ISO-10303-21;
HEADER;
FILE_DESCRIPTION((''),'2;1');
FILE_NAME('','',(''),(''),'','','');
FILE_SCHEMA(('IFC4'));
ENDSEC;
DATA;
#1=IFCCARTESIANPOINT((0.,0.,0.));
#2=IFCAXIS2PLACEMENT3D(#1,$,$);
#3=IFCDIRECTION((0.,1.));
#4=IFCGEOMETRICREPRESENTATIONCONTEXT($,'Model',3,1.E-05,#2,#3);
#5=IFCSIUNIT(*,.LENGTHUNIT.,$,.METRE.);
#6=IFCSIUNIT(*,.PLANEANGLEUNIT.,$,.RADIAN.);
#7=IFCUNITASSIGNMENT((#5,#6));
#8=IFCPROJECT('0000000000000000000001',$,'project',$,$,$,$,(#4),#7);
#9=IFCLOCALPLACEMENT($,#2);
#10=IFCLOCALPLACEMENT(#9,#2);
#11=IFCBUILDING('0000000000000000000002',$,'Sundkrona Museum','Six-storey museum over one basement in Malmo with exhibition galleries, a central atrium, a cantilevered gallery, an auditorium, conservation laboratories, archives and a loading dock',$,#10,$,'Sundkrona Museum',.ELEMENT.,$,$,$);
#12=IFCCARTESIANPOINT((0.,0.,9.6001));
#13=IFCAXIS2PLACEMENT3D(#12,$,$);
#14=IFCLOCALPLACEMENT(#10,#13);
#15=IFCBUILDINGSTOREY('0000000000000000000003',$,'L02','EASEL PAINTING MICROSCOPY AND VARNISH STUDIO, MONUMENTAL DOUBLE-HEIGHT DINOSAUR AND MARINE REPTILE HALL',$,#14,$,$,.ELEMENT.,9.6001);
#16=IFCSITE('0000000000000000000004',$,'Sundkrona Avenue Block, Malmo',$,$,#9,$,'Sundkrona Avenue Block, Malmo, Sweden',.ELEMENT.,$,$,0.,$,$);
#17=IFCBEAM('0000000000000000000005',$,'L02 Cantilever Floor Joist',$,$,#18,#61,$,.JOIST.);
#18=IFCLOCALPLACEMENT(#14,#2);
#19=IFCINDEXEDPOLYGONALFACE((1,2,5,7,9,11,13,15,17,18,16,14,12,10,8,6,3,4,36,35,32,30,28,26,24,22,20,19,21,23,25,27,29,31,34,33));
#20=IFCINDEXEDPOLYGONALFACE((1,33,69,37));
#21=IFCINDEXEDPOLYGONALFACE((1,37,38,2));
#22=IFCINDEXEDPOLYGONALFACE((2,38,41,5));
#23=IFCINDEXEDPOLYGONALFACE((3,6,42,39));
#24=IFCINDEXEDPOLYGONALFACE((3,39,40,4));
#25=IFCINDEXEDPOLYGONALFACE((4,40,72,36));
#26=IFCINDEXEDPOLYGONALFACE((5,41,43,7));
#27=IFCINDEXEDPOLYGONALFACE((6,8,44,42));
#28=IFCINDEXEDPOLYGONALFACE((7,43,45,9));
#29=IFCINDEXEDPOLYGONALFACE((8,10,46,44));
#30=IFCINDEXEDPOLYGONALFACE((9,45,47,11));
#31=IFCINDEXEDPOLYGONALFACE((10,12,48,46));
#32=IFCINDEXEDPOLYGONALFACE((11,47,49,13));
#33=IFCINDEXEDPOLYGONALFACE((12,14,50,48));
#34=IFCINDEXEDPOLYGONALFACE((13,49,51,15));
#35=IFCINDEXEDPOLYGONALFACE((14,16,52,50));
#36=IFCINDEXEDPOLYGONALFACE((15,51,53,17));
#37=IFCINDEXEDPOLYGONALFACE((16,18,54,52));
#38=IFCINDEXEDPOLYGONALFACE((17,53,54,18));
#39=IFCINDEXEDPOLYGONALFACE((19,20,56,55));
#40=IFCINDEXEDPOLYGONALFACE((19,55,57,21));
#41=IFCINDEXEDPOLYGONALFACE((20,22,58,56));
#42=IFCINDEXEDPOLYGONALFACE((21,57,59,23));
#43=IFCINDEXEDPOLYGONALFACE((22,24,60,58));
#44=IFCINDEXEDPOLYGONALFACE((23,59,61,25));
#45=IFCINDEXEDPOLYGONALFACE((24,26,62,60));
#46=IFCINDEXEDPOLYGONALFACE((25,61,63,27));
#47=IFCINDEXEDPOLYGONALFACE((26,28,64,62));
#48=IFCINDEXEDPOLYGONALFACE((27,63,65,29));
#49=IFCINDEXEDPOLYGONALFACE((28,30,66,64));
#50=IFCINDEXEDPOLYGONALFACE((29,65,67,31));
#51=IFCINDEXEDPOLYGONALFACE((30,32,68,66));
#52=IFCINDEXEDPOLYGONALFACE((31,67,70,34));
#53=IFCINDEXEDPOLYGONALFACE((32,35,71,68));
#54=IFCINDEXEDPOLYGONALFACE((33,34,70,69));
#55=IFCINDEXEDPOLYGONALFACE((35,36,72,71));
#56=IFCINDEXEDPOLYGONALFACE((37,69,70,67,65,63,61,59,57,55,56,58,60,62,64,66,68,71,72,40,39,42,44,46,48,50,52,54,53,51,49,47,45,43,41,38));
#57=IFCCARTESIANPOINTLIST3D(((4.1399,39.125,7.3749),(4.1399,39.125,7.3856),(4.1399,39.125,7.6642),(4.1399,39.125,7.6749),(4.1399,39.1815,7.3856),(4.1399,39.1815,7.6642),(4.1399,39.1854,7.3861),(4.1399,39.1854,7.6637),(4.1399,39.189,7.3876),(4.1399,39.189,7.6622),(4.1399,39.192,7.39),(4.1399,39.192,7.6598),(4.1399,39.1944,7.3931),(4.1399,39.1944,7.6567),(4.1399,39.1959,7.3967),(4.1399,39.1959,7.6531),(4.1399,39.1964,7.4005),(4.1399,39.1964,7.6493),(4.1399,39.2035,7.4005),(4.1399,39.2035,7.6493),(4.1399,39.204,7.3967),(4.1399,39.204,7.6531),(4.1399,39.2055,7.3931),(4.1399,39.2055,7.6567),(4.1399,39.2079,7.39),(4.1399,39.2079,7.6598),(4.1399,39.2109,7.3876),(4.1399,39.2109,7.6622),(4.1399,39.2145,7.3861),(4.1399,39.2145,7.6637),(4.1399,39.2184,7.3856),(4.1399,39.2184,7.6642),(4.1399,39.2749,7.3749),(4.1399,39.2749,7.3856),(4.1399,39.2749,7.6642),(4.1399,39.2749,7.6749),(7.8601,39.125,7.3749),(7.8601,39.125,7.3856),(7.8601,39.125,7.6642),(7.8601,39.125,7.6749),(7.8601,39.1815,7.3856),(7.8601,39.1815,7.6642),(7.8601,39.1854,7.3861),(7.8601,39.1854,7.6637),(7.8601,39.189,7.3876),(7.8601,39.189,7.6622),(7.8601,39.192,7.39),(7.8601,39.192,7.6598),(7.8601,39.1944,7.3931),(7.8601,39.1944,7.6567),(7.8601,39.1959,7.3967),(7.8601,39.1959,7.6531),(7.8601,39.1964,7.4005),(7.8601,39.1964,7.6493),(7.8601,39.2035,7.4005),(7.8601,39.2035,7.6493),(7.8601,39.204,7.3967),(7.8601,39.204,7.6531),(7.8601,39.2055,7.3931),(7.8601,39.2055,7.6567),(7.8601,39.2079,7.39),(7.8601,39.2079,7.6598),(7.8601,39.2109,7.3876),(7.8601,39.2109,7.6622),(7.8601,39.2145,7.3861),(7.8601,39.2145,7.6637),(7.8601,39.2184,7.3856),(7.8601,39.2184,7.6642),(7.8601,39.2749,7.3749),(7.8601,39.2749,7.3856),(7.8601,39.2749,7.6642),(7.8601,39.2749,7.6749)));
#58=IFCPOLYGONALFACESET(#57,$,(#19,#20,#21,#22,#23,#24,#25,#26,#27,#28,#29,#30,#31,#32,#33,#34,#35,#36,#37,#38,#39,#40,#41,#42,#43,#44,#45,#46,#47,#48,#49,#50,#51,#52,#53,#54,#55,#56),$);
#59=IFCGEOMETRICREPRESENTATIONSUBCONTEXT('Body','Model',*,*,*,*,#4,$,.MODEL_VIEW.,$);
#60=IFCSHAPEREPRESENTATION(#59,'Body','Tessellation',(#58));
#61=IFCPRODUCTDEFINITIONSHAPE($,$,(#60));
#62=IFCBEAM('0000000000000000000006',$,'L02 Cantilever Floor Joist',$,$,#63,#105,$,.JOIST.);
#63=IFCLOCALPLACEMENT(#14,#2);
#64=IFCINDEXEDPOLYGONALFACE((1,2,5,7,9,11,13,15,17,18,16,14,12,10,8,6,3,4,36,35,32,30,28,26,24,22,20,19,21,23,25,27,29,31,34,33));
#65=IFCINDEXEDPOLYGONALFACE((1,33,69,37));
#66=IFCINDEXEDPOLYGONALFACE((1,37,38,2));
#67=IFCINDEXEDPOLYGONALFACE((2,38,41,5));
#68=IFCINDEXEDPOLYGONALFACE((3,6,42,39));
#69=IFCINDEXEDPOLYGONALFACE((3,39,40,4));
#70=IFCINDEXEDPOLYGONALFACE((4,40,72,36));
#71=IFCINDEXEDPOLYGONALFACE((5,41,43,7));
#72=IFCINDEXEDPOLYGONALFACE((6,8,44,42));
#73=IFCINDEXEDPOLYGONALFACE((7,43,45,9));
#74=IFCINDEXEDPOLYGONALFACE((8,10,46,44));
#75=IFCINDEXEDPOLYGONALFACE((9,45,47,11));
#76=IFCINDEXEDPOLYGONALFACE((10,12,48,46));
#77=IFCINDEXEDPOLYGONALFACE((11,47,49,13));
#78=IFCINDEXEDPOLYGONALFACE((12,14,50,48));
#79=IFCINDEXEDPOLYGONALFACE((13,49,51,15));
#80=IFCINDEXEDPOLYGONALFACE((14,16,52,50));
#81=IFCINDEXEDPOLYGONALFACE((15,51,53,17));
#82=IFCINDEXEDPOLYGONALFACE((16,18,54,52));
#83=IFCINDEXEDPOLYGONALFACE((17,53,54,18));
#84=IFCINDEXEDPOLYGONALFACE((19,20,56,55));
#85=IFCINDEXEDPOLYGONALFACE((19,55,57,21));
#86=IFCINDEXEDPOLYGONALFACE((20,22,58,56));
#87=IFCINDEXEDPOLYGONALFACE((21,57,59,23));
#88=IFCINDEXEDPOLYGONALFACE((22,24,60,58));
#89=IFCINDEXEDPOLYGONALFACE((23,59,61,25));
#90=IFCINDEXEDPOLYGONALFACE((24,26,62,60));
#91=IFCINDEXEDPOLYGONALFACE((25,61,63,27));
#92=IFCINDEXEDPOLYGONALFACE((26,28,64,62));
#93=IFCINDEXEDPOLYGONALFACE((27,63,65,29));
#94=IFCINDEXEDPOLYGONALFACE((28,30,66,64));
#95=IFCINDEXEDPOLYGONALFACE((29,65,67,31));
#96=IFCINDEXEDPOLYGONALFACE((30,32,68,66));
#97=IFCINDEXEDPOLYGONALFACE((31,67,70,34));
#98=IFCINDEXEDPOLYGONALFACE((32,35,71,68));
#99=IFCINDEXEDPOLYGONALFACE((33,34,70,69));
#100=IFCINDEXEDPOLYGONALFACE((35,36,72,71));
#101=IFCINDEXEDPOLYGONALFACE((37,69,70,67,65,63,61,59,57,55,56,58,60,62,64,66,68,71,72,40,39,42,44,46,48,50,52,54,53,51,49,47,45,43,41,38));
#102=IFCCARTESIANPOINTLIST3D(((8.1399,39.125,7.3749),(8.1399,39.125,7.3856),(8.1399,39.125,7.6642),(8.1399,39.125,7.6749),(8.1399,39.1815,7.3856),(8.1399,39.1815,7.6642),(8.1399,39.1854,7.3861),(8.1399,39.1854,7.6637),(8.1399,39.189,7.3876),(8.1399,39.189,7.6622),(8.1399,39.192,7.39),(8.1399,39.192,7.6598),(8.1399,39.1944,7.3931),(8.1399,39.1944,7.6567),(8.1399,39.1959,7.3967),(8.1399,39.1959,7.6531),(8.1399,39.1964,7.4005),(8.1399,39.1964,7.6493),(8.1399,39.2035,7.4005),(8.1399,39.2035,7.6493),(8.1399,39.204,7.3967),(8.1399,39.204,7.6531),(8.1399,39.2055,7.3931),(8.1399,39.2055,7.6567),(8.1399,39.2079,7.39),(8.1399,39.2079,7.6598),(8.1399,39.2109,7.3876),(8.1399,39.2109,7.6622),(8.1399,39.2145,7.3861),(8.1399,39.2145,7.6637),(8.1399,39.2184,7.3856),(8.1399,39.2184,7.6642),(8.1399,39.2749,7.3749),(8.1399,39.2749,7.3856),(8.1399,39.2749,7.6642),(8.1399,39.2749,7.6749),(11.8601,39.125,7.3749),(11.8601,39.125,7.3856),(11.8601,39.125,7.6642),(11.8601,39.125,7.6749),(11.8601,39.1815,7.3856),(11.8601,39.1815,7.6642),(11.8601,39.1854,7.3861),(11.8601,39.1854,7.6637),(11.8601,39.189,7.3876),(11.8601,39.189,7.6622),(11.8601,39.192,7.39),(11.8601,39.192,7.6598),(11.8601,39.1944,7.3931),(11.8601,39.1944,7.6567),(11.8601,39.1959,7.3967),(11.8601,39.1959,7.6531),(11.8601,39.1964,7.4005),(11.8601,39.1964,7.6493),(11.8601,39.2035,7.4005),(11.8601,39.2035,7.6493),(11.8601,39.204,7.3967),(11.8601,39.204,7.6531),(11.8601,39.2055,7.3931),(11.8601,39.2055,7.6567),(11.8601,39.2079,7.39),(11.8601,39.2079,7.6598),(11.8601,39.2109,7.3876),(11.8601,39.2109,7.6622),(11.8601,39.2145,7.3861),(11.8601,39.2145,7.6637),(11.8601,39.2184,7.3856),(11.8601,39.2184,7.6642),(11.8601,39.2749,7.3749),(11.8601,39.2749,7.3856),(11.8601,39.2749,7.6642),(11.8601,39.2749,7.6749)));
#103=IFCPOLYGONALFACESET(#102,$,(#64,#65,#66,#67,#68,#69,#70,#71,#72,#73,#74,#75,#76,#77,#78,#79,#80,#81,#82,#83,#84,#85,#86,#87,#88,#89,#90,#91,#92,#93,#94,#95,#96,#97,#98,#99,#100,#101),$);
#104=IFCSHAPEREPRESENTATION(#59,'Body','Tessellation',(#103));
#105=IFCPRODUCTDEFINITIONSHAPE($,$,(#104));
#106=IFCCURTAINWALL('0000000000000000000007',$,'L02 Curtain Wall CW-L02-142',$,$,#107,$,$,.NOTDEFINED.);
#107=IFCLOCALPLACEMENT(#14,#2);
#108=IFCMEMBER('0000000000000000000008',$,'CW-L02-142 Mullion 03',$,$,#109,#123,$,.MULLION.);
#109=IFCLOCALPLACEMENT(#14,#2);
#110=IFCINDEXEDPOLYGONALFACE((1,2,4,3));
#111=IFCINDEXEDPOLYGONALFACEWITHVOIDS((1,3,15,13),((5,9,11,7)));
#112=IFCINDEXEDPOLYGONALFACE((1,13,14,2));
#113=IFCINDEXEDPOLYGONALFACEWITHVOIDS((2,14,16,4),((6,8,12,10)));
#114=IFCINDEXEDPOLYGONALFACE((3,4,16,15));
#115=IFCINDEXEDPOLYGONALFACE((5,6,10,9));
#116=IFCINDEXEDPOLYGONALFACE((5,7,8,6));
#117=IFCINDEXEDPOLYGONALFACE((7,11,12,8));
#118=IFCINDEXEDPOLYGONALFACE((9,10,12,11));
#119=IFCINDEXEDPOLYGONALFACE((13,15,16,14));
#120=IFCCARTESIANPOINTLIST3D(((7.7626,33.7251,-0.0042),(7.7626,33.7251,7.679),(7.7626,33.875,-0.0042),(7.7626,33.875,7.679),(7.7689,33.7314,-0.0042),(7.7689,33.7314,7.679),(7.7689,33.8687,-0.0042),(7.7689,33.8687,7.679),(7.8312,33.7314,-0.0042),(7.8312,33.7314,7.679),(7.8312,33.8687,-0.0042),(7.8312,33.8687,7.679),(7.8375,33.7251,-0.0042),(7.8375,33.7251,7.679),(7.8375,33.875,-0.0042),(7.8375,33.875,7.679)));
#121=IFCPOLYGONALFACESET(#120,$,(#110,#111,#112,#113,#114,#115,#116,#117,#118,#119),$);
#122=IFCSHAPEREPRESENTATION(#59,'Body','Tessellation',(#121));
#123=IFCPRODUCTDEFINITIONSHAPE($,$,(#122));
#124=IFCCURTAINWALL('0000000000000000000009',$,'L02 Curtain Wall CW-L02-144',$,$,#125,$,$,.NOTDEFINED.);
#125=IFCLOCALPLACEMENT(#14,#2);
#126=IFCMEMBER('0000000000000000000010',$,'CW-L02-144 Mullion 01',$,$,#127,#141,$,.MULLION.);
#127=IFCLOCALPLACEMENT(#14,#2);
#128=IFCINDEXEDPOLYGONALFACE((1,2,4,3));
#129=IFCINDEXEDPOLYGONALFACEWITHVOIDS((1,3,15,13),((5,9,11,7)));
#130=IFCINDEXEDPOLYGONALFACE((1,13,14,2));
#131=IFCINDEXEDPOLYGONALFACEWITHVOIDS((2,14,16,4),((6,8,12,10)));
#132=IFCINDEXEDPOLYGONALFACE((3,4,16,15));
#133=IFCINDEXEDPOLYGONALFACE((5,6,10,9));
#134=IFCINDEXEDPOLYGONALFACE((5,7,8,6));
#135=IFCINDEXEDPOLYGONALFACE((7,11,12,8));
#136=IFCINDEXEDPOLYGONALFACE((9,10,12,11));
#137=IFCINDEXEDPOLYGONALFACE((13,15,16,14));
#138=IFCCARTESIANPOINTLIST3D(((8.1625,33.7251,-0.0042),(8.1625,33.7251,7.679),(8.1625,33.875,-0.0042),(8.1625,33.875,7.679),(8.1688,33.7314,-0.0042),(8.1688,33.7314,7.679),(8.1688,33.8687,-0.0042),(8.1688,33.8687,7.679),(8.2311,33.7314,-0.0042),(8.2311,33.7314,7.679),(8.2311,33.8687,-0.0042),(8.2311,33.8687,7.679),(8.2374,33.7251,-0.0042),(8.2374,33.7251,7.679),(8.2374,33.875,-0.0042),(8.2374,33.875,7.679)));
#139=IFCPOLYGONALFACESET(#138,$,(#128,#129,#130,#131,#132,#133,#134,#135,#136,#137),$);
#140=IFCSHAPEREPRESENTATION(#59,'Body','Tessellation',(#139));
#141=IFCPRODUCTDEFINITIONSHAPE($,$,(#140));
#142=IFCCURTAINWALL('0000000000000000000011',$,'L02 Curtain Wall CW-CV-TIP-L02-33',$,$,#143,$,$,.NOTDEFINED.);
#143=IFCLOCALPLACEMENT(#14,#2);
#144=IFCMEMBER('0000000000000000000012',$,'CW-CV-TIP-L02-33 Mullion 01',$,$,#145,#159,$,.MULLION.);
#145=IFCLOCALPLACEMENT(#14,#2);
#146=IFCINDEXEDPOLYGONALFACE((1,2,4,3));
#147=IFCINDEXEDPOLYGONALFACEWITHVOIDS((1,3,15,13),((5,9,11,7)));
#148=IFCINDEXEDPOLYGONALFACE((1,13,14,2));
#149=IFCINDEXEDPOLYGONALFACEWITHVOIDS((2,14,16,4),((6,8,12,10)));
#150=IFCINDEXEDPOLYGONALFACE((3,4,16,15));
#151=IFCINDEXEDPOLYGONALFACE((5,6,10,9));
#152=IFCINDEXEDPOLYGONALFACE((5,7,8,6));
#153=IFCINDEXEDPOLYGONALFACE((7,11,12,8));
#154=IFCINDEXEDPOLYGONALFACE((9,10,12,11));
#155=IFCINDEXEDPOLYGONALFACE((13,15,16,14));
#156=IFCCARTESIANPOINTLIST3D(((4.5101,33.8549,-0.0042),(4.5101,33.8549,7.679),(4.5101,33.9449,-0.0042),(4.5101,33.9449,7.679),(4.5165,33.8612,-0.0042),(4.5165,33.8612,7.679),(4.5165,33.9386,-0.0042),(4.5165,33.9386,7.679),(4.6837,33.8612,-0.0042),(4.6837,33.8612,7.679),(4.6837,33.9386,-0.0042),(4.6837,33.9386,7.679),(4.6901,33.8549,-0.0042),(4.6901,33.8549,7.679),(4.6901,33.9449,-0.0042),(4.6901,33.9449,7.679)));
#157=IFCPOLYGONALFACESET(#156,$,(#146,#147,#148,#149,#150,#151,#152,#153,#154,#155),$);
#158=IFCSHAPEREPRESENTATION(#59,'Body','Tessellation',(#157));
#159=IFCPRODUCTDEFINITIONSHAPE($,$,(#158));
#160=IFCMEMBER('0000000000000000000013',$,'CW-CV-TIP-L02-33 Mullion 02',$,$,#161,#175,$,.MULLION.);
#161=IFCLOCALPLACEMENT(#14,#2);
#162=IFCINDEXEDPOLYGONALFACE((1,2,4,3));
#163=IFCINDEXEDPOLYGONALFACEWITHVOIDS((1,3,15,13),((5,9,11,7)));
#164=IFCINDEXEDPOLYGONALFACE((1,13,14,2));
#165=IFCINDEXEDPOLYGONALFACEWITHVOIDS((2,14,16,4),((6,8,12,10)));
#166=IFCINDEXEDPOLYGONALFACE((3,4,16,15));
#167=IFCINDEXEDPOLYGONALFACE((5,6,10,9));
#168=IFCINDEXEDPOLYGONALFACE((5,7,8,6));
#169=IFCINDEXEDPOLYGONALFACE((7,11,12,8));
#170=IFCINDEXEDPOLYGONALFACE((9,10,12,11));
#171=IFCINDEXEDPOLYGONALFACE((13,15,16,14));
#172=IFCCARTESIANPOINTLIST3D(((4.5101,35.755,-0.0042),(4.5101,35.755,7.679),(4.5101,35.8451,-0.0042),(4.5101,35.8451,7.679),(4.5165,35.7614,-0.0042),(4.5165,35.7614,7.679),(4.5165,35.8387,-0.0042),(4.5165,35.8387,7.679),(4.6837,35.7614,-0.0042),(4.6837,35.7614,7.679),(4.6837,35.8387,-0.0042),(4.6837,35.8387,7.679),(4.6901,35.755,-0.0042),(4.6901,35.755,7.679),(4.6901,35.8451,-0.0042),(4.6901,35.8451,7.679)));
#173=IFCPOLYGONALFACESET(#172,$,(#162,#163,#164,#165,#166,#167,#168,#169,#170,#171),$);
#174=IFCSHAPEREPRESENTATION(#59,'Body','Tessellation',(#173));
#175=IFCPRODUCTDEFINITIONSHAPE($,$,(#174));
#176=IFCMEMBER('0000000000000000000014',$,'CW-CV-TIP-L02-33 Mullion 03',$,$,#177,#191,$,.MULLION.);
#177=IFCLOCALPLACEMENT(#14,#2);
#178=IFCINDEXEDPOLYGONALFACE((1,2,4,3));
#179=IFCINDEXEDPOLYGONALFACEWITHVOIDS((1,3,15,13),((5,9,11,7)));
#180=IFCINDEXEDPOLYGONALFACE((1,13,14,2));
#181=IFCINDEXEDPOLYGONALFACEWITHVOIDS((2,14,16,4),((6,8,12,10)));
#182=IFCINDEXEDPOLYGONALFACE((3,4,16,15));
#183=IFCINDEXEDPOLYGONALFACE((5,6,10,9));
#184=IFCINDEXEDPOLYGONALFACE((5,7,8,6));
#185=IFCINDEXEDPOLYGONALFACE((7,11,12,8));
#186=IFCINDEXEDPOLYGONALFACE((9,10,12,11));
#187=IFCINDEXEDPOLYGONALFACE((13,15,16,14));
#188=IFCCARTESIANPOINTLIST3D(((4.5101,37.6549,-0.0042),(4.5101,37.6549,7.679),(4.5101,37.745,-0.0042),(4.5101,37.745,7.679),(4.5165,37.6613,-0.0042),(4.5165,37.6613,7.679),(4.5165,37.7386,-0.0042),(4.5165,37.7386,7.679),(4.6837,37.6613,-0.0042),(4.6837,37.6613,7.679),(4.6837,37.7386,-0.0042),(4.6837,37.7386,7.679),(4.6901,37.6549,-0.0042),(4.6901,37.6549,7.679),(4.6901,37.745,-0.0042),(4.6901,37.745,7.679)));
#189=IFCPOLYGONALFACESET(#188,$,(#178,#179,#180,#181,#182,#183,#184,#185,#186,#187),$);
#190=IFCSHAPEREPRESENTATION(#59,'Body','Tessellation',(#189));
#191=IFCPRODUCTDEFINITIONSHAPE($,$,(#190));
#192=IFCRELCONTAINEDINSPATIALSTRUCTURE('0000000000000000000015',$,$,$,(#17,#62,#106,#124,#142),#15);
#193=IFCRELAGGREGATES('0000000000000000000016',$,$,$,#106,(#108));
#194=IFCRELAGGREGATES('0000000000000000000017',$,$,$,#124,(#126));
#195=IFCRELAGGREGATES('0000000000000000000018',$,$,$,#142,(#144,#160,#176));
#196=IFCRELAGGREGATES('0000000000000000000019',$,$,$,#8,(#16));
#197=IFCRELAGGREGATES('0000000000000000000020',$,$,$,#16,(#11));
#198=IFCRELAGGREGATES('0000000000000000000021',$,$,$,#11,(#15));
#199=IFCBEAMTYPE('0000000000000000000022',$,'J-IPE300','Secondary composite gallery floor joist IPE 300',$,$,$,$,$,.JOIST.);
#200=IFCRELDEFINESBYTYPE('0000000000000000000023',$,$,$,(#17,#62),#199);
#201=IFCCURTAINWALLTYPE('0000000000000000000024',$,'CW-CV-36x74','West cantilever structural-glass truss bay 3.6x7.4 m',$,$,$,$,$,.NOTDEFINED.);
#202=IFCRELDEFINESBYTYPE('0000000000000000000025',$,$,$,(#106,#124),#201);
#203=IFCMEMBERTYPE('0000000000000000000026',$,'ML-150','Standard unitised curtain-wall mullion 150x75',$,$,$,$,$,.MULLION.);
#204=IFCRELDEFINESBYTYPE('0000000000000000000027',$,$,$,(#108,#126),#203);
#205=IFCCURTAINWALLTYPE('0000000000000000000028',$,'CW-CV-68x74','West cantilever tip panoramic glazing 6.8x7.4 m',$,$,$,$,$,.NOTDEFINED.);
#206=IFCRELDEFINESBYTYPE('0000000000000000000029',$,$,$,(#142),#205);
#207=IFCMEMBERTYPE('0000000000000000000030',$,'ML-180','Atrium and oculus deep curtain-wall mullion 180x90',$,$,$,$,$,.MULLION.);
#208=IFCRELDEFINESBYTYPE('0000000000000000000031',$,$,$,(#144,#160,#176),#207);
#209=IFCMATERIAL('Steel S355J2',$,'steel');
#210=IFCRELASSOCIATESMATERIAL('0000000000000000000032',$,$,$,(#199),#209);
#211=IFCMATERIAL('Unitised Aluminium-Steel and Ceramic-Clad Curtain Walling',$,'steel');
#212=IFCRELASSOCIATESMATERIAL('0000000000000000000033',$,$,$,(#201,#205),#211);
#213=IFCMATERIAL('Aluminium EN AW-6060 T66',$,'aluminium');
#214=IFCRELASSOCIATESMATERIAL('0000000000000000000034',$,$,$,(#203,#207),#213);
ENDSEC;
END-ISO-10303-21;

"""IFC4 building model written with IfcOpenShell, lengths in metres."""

from ifc_helpers import new_model, si_unit, direction, frame, origin, origin_2d, place, context, subcontext, project, spatial, hollow_rectangle, i_section, extrude, material, material_profile, profile_set, type_object, element, aggregate, save


model = new_model("IFC4")

# Units and contexts
model_context = context("Model", 3, precision=1e-05, world=origin(), true_north=direction((0.0, 1.0)))
body_context = subcontext(model_context, "Body", "Model", "MODEL_VIEW")
ifc_project = project(units=[si_unit("LENGTHUNIT", "METRE"), si_unit("PLANEANGLEUNIT", "RADIAN")], contexts=[model_context])

# Site, building, storey
site_placement = place(None, origin())
site = spatial("IfcSite", under=ifc_project, at=site_placement, Name="Sundkrona Avenue Block, Malmo", LongName="Sundkrona Avenue Block, Malmo, Sweden", CompositionType="ELEMENT", RefElevation=0.0)
building_placement = place(site_placement, origin())
building = spatial("IfcBuilding", under=site, at=building_placement, Name="Sundkrona Museum", Description="Six-storey museum over one basement in Malmo with exhibition galleries, a central atrium, a cantilevered gallery, an auditorium, conservation laboratories, archives and a loading dock", LongName="Sundkrona Museum", CompositionType="ELEMENT")
storey_placement = place(building_placement, frame((0.0, 0.0, 9.6001)))
storey = spatial("IfcBuildingStorey", under=building, at=storey_placement, Name="L02", Description="EASEL PAINTING MICROSCOPY AND VARNISH STUDIO, MONUMENTAL DOUBLE-HEIGHT DINOSAUR AND MARINE REPTILE HALL", CompositionType="ELEMENT", Elevation=9.6001)

# Beams
ifc_material_1 = material(Name="Steel S355J2", Category="steel")
ifc_material_profile_1 = material_profile(ifc_material_1, i_section(OverallWidth=0.1499, OverallDepth=0.3, WebThickness=0.0071, FlangeThickness=0.0107, FilletRadius=0.0149, at=origin_2d()), Name="IPE 300")
ifc_profile_set_1 = profile_set([ifc_material_profile_1], Name="Steel S355J2")
beam_type = type_object("IfcBeamType", Name="J-IPE300", Description="Secondary composite gallery floor joist IPE 300", PredefinedType="JOIST", material=ifc_profile_set_1)
for number, where, z_axis, x_axis, name in (
    (1, (4.1399, 39.2, 7.5249), (1.0, 0.0, 0.0), (0.0, 1.0, 0.0), "L02 Cantilever Floor Joist"),
    (2, (8.1399, 39.2, 7.5249), (1.0, 0.0, 0.0), (0.0, 1.0, 0.0), "L02 Cantilever Floor Joist"),
):
    element("IfcBeam", number, at=place(storey_placement, frame(where, z_axis=z_axis, x_axis=x_axis)), inside=storey, type_object=beam_type, Name=name, PredefinedType="JOIST", context=body_context, shape_type="SweptSolid", body=[
        extrude(i_section(OverallWidth=0.1499, OverallDepth=0.3, WebThickness=0.0071, FlangeThickness=0.0107, FilletRadius=0.0149, at=origin_2d()), origin(), (0.0, 0.0, 1.0), 3.7202),
    ])

# Curtain walls, members
ifc_material_2 = material(Name="Unitised Aluminium-Steel and Ceramic-Clad Curtain Walling", Category="steel")
curtain_wall_type_1 = type_object("IfcCurtainWallType", Name="CW-CV-36x74", Description="West cantilever structural-glass truss bay 3.6x7.4 m", PredefinedType="NOTDEFINED", material=ifc_material_2)
curtain_wall_1_placement = place(storey_placement, origin())
curtain_wall_1 = element("IfcCurtainWall", 3, at=curtain_wall_1_placement, inside=storey, type_object=curtain_wall_type_1, Name="L02 Curtain Wall CW-L02-142", PredefinedType="NOTDEFINED")
ifc_material_3 = material(Name="Aluminium EN AW-6060 T66", Category="aluminium")
ifc_material_profile_2 = material_profile(ifc_material_3, hollow_rectangle(XDim=0.075, YDim=0.1499, WallThickness=0.0063, at=origin_2d()), Name="RHS 150x75x6.3")
ifc_profile_set_2 = profile_set([ifc_material_profile_2], Name="Aluminium EN AW-6060 T66")
member_type_1 = type_object("IfcMemberType", Name="ML-150", Description="Standard unitised curtain-wall mullion 150x75", PredefinedType="MULLION", material=ifc_profile_set_2)
member_1_placement = place(storey_placement, frame((7.8, 33.8, -0.0042), z_axis=(0.0, 0.0, 1.0), x_axis=(1.0, 0.0, 0.0)))
member_1 = element("IfcMember", 4, at=member_1_placement, type_object=member_type_1, Name="CW-L02-142 Mullion 03", PredefinedType="MULLION", context=body_context, shape_type="SweptSolid", body=[
    extrude(hollow_rectangle(XDim=0.075, YDim=0.1499, WallThickness=0.0063, at=origin_2d()), origin(), (0.0, 0.0, 1.0), 7.6831),
])
aggregate(curtain_wall_1, [member_1])
curtain_wall_2_placement = place(storey_placement, origin())
curtain_wall_2 = element("IfcCurtainWall", 5, at=curtain_wall_2_placement, inside=storey, type_object=curtain_wall_type_1, Name="L02 Curtain Wall CW-L02-144", PredefinedType="NOTDEFINED")
member_2_placement = place(storey_placement, frame((8.2, 33.8, -0.0042), z_axis=(0.0, 0.0, 1.0), x_axis=(1.0, 0.0, 0.0)))
member_2 = element("IfcMember", 6, at=member_2_placement, type_object=member_type_1, Name="CW-L02-144 Mullion 01", PredefinedType="MULLION", context=body_context, shape_type="SweptSolid", body=[
    extrude(hollow_rectangle(XDim=0.075, YDim=0.1499, WallThickness=0.0063, at=origin_2d()), origin(), (0.0, 0.0, 1.0), 7.6831),
])
aggregate(curtain_wall_2, [member_2])

# Curtain wall, members
curtain_wall_type_2 = type_object("IfcCurtainWallType", Name="CW-CV-68x74", Description="West cantilever tip panoramic glazing 6.8x7.4 m", PredefinedType="NOTDEFINED", material=ifc_material_2)
curtain_wall_3_placement = place(storey_placement, origin())
curtain_wall_3 = element("IfcCurtainWall", 7, at=curtain_wall_3_placement, inside=storey, type_object=curtain_wall_type_2, Name="L02 Curtain Wall CW-CV-TIP-L02-33", PredefinedType="NOTDEFINED")
ifc_material_profile_3 = material_profile(ifc_material_3, hollow_rectangle(XDim=0.0901, YDim=0.1799, WallThickness=0.0063, at=origin_2d()), Name="RHS 180x90x6.3")
ifc_profile_set_3 = profile_set([ifc_material_profile_3], Name="Aluminium EN AW-6060 T66")
member_type_2 = type_object("IfcMemberType", Name="ML-180", Description="Atrium and oculus deep curtain-wall mullion 180x90", PredefinedType="MULLION", material=ifc_profile_set_3)
member_3_placement = place(storey_placement, frame((4.6001, 33.8999, -0.0042), z_axis=(0.0, 0.0, 1.0), x_axis=(0.0, 1.0, 0.0)))
member_3 = element("IfcMember", 8, at=member_3_placement, type_object=member_type_2, Name="CW-CV-TIP-L02-33 Mullion 01", PredefinedType="MULLION", context=body_context, shape_type="SweptSolid", body=[
    extrude(hollow_rectangle(XDim=0.0901, YDim=0.1799, WallThickness=0.0063, at=origin_2d()), origin(), (0.0, 0.0, 1.0), 7.6831),
])
member_4_placement = place(storey_placement, frame((4.6001, 35.8, -0.0042), z_axis=(0.0, 0.0, 1.0), x_axis=(0.0, 1.0, 0.0)))
member_4 = element("IfcMember", 9, at=member_4_placement, type_object=member_type_2, Name="CW-CV-TIP-L02-33 Mullion 02", PredefinedType="MULLION", context=body_context, shape_type="SweptSolid", body=[
    extrude(hollow_rectangle(XDim=0.0901, YDim=0.1799, WallThickness=0.0063, at=origin_2d()), origin(), (0.0, 0.0, 1.0), 7.6831),
])
member_5_placement = place(storey_placement, frame((4.6001, 37.7, -0.0042), z_axis=(0.0, 0.0, 1.0), x_axis=(0.0, 1.0, 0.0)))
member_5 = element("IfcMember", 10, at=member_5_placement, type_object=member_type_2, Name="CW-CV-TIP-L02-33 Mullion 03", PredefinedType="MULLION", context=body_context, shape_type="SweptSolid", body=[
    extrude(hollow_rectangle(XDim=0.0901, YDim=0.1799, WallThickness=0.0063, at=origin_2d()), origin(), (0.0, 0.0, 1.0), 7.6831),
])
aggregate(curtain_wall_3, [member_3, member_4, member_5])

save(model, "model.ifc")
